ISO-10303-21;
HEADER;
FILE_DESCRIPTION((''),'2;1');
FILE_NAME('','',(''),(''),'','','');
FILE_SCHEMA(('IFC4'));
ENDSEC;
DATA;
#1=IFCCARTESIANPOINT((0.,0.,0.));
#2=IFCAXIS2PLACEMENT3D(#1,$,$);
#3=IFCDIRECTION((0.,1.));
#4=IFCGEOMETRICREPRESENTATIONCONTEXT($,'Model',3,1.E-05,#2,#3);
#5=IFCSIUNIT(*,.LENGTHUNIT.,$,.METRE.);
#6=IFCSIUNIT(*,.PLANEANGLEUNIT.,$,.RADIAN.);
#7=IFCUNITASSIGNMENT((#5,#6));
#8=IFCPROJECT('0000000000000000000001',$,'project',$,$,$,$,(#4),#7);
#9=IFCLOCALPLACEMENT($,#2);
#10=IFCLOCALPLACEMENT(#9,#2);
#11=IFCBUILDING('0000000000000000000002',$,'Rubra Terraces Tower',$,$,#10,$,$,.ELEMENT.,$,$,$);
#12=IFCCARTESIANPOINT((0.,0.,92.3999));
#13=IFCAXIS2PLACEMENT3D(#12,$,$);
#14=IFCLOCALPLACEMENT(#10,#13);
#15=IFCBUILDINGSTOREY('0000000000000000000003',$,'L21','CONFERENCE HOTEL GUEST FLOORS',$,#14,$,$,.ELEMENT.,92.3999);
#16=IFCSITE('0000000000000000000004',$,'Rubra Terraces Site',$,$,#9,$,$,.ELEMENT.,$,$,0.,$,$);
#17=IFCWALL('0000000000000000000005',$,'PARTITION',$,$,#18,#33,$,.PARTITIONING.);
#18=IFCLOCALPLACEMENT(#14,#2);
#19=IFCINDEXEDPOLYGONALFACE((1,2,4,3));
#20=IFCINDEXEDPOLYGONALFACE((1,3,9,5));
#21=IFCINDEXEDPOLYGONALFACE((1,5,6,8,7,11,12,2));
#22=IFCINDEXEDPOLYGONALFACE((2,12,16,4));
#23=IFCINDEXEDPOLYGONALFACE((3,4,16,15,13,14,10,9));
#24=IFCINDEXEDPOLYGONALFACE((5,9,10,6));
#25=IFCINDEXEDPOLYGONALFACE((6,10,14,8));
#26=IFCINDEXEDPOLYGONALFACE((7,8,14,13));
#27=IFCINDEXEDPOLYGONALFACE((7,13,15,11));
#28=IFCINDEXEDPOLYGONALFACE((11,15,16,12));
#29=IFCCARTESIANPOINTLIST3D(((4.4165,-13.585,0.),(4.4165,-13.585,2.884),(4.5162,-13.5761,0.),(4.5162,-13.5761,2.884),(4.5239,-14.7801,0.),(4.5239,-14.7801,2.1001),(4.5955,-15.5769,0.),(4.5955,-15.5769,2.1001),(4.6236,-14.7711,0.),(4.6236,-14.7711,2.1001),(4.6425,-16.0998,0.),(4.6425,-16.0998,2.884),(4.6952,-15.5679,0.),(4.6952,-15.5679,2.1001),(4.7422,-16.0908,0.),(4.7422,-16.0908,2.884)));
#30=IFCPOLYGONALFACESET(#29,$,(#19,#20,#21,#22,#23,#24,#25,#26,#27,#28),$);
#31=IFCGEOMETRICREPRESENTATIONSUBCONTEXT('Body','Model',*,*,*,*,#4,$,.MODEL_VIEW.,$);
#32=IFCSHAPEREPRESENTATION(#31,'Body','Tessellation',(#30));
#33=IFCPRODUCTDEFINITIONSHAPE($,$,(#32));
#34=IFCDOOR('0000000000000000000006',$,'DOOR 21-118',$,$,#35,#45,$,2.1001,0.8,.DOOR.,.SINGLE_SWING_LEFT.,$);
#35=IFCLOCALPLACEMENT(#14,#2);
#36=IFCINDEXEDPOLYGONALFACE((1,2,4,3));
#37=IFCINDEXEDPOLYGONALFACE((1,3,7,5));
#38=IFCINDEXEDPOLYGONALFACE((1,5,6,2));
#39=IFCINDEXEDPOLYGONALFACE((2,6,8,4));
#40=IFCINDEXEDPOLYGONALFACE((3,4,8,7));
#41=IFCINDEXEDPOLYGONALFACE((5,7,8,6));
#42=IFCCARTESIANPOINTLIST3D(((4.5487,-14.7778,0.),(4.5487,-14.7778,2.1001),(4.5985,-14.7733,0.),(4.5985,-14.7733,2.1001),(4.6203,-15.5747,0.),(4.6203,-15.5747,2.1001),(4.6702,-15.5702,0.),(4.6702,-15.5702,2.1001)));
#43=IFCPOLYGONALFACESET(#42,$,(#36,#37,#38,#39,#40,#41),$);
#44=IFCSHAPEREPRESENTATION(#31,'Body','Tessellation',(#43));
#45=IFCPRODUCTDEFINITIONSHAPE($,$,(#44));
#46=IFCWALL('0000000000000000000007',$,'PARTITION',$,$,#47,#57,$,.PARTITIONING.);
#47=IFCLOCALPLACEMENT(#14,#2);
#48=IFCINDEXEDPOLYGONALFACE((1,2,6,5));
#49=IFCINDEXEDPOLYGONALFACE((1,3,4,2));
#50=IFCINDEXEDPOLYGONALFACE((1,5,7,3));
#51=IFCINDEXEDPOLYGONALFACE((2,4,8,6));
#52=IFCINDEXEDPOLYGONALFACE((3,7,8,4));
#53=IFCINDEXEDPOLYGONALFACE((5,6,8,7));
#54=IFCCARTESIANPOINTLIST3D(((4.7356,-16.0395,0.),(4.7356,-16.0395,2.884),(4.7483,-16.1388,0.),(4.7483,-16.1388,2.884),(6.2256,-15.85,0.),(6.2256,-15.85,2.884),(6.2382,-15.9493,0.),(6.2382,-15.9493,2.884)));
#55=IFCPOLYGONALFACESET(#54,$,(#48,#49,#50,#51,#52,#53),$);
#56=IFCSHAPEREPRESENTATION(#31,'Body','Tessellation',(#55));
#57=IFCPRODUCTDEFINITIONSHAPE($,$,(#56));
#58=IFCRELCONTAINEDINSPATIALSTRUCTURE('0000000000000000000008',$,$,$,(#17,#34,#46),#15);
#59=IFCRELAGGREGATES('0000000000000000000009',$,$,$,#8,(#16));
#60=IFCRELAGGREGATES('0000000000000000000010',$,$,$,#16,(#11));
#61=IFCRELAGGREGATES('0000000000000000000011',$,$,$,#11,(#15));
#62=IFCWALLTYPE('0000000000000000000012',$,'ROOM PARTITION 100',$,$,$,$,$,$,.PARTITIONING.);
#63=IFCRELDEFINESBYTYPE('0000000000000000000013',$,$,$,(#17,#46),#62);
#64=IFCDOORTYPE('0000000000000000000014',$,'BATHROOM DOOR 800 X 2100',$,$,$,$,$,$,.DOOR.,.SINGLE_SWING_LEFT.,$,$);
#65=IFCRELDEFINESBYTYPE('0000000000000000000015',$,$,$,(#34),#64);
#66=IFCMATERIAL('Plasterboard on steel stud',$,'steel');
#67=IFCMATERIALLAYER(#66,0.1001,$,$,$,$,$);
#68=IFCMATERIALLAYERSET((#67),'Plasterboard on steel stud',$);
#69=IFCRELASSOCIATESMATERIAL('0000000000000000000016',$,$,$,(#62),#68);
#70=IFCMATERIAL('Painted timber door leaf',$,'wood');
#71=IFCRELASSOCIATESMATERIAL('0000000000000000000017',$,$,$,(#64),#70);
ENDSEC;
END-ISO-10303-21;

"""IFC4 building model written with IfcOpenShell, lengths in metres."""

from ifc_helpers import new_model, si_unit, direction, frame, frame_2d, origin, place, context, subcontext, project, spatial, rectangle, extrude, material, layer, layer_set, type_object, element, fill, save


model = new_model("IFC4")

# Units and contexts
model_context = context("Model", 3, precision=1e-05, world=origin(), true_north=direction((0.0, 1.0)))
body_context = subcontext(model_context, "Body", "Model", "MODEL_VIEW")
ifc_project = project(units=[si_unit("LENGTHUNIT", "METRE"), si_unit("PLANEANGLEUNIT", "RADIAN")], contexts=[model_context])

# Site, building, storey
site_placement = place(None, origin())
site = spatial("IfcSite", under=ifc_project, at=site_placement, Name="Rubra Terraces Site", CompositionType="ELEMENT", RefElevation=0.0)
building_placement = place(site_placement, origin())
building = spatial("IfcBuilding", under=site, at=building_placement, Name="Rubra Terraces Tower", CompositionType="ELEMENT")
storey_placement = place(building_placement, frame((0.0, 0.0, 92.3999)))
storey = spatial("IfcBuildingStorey", under=building, at=storey_placement, Name="L21", Description="CONFERENCE HOTEL GUEST FLOORS", CompositionType="ELEMENT", Elevation=92.3999)

# Wall, opening, door
ifc_material_1 = material(Name="Plasterboard on steel stud", Category="steel")
ifc_layer_1 = layer(ifc_material_1, 0.1001)
ifc_layer_set_1 = layer_set([ifc_layer_1], Name="Plasterboard on steel stud")
wall_type_1 = type_object("IfcWallType", Name="ROOM PARTITION 100", PredefinedType="PARTITIONING", material=ifc_layer_set_1)
wall_1_placement = place(storey_placement, frame((4.4663, -13.5806, 0.0), z_axis=(0.0, 0.0, 1.0), x_axis=(0.089542, -0.995983, 0.0)))
wall_1 = element("IfcWall", 1, at=wall_1_placement, inside=storey, type_object=wall_type_1, Name="PARTITION", PredefinedType="PARTITIONING", context=body_context, shape_type="SweptSolid", body=[
    extrude(rectangle(XDim=2.5249, YDim=0.1001, at=frame_2d((1.2625, 0.0))), origin(), (0.0, 0.0, 1.0), 2.884),
])
opening_1_placement = place(wall_1_placement, frame((1.2, 0.0, 0.0)))
opening_1 = element("IfcOpeningElement", 2, at=opening_1_placement, cuts=wall_1, PredefinedType="OPENING", context=body_context, shape_type="SweptSolid", body=[
    extrude(rectangle(XDim=0.8, YDim=2.1001, at=frame_2d((0.3999, 1.05))), frame((0.0, 0.0601, 0.0), z_axis=(0.0, -1.0, 0.0), x_axis=(1.0, 0.0, 0.0)), (0.0, 0.0, 1.0), 0.1201),
])
ifc_material_2 = material(Name="Painted timber door leaf", Category="wood")
door_type_1 = type_object("IfcDoorType", Name="BATHROOM DOOR 800 X 2100", OperationType="SINGLE_SWING_LEFT", PredefinedType="DOOR", material=ifc_material_2)
door_1_placement = place(opening_1_placement, origin())
door_1 = element("IfcDoor", 3, at=door_1_placement, inside=storey, type_object=door_type_1, Name="DOOR 21-118", OperationType="SINGLE_SWING_LEFT", OverallHeight=2.1001, OverallWidth=0.8, PredefinedType="DOOR", context=body_context, shape_type="SweptSolid", body=[
    extrude(rectangle(XDim=0.8, YDim=2.1001, at=frame_2d((0.3999, 1.05))), frame((0.0, 0.0249, 0.0), z_axis=(0.0, -1.0, 0.0), x_axis=(1.0, 0.0, 0.0)), (0.0, 0.0, 1.0), 0.05),
])
fill(opening_1, door_1)

# Wall
wall_2_placement = place(storey_placement, frame((4.7419, -16.0891, 0.0), z_axis=(0.0, 0.0, 1.0), x_axis=(0.992013, 0.126135, 0.0)))
element("IfcWall", 4, at=wall_2_placement, inside=storey, type_object=wall_type_1, Name="PARTITION", PredefinedType="PARTITIONING", context=body_context, shape_type="SweptSolid", body=[
    extrude(rectangle(XDim=1.502, YDim=0.1001, at=frame_2d((0.751, 0.0))), origin(), (0.0, 0.0, 1.0), 2.884),
])

save(model, "model.ifc")
